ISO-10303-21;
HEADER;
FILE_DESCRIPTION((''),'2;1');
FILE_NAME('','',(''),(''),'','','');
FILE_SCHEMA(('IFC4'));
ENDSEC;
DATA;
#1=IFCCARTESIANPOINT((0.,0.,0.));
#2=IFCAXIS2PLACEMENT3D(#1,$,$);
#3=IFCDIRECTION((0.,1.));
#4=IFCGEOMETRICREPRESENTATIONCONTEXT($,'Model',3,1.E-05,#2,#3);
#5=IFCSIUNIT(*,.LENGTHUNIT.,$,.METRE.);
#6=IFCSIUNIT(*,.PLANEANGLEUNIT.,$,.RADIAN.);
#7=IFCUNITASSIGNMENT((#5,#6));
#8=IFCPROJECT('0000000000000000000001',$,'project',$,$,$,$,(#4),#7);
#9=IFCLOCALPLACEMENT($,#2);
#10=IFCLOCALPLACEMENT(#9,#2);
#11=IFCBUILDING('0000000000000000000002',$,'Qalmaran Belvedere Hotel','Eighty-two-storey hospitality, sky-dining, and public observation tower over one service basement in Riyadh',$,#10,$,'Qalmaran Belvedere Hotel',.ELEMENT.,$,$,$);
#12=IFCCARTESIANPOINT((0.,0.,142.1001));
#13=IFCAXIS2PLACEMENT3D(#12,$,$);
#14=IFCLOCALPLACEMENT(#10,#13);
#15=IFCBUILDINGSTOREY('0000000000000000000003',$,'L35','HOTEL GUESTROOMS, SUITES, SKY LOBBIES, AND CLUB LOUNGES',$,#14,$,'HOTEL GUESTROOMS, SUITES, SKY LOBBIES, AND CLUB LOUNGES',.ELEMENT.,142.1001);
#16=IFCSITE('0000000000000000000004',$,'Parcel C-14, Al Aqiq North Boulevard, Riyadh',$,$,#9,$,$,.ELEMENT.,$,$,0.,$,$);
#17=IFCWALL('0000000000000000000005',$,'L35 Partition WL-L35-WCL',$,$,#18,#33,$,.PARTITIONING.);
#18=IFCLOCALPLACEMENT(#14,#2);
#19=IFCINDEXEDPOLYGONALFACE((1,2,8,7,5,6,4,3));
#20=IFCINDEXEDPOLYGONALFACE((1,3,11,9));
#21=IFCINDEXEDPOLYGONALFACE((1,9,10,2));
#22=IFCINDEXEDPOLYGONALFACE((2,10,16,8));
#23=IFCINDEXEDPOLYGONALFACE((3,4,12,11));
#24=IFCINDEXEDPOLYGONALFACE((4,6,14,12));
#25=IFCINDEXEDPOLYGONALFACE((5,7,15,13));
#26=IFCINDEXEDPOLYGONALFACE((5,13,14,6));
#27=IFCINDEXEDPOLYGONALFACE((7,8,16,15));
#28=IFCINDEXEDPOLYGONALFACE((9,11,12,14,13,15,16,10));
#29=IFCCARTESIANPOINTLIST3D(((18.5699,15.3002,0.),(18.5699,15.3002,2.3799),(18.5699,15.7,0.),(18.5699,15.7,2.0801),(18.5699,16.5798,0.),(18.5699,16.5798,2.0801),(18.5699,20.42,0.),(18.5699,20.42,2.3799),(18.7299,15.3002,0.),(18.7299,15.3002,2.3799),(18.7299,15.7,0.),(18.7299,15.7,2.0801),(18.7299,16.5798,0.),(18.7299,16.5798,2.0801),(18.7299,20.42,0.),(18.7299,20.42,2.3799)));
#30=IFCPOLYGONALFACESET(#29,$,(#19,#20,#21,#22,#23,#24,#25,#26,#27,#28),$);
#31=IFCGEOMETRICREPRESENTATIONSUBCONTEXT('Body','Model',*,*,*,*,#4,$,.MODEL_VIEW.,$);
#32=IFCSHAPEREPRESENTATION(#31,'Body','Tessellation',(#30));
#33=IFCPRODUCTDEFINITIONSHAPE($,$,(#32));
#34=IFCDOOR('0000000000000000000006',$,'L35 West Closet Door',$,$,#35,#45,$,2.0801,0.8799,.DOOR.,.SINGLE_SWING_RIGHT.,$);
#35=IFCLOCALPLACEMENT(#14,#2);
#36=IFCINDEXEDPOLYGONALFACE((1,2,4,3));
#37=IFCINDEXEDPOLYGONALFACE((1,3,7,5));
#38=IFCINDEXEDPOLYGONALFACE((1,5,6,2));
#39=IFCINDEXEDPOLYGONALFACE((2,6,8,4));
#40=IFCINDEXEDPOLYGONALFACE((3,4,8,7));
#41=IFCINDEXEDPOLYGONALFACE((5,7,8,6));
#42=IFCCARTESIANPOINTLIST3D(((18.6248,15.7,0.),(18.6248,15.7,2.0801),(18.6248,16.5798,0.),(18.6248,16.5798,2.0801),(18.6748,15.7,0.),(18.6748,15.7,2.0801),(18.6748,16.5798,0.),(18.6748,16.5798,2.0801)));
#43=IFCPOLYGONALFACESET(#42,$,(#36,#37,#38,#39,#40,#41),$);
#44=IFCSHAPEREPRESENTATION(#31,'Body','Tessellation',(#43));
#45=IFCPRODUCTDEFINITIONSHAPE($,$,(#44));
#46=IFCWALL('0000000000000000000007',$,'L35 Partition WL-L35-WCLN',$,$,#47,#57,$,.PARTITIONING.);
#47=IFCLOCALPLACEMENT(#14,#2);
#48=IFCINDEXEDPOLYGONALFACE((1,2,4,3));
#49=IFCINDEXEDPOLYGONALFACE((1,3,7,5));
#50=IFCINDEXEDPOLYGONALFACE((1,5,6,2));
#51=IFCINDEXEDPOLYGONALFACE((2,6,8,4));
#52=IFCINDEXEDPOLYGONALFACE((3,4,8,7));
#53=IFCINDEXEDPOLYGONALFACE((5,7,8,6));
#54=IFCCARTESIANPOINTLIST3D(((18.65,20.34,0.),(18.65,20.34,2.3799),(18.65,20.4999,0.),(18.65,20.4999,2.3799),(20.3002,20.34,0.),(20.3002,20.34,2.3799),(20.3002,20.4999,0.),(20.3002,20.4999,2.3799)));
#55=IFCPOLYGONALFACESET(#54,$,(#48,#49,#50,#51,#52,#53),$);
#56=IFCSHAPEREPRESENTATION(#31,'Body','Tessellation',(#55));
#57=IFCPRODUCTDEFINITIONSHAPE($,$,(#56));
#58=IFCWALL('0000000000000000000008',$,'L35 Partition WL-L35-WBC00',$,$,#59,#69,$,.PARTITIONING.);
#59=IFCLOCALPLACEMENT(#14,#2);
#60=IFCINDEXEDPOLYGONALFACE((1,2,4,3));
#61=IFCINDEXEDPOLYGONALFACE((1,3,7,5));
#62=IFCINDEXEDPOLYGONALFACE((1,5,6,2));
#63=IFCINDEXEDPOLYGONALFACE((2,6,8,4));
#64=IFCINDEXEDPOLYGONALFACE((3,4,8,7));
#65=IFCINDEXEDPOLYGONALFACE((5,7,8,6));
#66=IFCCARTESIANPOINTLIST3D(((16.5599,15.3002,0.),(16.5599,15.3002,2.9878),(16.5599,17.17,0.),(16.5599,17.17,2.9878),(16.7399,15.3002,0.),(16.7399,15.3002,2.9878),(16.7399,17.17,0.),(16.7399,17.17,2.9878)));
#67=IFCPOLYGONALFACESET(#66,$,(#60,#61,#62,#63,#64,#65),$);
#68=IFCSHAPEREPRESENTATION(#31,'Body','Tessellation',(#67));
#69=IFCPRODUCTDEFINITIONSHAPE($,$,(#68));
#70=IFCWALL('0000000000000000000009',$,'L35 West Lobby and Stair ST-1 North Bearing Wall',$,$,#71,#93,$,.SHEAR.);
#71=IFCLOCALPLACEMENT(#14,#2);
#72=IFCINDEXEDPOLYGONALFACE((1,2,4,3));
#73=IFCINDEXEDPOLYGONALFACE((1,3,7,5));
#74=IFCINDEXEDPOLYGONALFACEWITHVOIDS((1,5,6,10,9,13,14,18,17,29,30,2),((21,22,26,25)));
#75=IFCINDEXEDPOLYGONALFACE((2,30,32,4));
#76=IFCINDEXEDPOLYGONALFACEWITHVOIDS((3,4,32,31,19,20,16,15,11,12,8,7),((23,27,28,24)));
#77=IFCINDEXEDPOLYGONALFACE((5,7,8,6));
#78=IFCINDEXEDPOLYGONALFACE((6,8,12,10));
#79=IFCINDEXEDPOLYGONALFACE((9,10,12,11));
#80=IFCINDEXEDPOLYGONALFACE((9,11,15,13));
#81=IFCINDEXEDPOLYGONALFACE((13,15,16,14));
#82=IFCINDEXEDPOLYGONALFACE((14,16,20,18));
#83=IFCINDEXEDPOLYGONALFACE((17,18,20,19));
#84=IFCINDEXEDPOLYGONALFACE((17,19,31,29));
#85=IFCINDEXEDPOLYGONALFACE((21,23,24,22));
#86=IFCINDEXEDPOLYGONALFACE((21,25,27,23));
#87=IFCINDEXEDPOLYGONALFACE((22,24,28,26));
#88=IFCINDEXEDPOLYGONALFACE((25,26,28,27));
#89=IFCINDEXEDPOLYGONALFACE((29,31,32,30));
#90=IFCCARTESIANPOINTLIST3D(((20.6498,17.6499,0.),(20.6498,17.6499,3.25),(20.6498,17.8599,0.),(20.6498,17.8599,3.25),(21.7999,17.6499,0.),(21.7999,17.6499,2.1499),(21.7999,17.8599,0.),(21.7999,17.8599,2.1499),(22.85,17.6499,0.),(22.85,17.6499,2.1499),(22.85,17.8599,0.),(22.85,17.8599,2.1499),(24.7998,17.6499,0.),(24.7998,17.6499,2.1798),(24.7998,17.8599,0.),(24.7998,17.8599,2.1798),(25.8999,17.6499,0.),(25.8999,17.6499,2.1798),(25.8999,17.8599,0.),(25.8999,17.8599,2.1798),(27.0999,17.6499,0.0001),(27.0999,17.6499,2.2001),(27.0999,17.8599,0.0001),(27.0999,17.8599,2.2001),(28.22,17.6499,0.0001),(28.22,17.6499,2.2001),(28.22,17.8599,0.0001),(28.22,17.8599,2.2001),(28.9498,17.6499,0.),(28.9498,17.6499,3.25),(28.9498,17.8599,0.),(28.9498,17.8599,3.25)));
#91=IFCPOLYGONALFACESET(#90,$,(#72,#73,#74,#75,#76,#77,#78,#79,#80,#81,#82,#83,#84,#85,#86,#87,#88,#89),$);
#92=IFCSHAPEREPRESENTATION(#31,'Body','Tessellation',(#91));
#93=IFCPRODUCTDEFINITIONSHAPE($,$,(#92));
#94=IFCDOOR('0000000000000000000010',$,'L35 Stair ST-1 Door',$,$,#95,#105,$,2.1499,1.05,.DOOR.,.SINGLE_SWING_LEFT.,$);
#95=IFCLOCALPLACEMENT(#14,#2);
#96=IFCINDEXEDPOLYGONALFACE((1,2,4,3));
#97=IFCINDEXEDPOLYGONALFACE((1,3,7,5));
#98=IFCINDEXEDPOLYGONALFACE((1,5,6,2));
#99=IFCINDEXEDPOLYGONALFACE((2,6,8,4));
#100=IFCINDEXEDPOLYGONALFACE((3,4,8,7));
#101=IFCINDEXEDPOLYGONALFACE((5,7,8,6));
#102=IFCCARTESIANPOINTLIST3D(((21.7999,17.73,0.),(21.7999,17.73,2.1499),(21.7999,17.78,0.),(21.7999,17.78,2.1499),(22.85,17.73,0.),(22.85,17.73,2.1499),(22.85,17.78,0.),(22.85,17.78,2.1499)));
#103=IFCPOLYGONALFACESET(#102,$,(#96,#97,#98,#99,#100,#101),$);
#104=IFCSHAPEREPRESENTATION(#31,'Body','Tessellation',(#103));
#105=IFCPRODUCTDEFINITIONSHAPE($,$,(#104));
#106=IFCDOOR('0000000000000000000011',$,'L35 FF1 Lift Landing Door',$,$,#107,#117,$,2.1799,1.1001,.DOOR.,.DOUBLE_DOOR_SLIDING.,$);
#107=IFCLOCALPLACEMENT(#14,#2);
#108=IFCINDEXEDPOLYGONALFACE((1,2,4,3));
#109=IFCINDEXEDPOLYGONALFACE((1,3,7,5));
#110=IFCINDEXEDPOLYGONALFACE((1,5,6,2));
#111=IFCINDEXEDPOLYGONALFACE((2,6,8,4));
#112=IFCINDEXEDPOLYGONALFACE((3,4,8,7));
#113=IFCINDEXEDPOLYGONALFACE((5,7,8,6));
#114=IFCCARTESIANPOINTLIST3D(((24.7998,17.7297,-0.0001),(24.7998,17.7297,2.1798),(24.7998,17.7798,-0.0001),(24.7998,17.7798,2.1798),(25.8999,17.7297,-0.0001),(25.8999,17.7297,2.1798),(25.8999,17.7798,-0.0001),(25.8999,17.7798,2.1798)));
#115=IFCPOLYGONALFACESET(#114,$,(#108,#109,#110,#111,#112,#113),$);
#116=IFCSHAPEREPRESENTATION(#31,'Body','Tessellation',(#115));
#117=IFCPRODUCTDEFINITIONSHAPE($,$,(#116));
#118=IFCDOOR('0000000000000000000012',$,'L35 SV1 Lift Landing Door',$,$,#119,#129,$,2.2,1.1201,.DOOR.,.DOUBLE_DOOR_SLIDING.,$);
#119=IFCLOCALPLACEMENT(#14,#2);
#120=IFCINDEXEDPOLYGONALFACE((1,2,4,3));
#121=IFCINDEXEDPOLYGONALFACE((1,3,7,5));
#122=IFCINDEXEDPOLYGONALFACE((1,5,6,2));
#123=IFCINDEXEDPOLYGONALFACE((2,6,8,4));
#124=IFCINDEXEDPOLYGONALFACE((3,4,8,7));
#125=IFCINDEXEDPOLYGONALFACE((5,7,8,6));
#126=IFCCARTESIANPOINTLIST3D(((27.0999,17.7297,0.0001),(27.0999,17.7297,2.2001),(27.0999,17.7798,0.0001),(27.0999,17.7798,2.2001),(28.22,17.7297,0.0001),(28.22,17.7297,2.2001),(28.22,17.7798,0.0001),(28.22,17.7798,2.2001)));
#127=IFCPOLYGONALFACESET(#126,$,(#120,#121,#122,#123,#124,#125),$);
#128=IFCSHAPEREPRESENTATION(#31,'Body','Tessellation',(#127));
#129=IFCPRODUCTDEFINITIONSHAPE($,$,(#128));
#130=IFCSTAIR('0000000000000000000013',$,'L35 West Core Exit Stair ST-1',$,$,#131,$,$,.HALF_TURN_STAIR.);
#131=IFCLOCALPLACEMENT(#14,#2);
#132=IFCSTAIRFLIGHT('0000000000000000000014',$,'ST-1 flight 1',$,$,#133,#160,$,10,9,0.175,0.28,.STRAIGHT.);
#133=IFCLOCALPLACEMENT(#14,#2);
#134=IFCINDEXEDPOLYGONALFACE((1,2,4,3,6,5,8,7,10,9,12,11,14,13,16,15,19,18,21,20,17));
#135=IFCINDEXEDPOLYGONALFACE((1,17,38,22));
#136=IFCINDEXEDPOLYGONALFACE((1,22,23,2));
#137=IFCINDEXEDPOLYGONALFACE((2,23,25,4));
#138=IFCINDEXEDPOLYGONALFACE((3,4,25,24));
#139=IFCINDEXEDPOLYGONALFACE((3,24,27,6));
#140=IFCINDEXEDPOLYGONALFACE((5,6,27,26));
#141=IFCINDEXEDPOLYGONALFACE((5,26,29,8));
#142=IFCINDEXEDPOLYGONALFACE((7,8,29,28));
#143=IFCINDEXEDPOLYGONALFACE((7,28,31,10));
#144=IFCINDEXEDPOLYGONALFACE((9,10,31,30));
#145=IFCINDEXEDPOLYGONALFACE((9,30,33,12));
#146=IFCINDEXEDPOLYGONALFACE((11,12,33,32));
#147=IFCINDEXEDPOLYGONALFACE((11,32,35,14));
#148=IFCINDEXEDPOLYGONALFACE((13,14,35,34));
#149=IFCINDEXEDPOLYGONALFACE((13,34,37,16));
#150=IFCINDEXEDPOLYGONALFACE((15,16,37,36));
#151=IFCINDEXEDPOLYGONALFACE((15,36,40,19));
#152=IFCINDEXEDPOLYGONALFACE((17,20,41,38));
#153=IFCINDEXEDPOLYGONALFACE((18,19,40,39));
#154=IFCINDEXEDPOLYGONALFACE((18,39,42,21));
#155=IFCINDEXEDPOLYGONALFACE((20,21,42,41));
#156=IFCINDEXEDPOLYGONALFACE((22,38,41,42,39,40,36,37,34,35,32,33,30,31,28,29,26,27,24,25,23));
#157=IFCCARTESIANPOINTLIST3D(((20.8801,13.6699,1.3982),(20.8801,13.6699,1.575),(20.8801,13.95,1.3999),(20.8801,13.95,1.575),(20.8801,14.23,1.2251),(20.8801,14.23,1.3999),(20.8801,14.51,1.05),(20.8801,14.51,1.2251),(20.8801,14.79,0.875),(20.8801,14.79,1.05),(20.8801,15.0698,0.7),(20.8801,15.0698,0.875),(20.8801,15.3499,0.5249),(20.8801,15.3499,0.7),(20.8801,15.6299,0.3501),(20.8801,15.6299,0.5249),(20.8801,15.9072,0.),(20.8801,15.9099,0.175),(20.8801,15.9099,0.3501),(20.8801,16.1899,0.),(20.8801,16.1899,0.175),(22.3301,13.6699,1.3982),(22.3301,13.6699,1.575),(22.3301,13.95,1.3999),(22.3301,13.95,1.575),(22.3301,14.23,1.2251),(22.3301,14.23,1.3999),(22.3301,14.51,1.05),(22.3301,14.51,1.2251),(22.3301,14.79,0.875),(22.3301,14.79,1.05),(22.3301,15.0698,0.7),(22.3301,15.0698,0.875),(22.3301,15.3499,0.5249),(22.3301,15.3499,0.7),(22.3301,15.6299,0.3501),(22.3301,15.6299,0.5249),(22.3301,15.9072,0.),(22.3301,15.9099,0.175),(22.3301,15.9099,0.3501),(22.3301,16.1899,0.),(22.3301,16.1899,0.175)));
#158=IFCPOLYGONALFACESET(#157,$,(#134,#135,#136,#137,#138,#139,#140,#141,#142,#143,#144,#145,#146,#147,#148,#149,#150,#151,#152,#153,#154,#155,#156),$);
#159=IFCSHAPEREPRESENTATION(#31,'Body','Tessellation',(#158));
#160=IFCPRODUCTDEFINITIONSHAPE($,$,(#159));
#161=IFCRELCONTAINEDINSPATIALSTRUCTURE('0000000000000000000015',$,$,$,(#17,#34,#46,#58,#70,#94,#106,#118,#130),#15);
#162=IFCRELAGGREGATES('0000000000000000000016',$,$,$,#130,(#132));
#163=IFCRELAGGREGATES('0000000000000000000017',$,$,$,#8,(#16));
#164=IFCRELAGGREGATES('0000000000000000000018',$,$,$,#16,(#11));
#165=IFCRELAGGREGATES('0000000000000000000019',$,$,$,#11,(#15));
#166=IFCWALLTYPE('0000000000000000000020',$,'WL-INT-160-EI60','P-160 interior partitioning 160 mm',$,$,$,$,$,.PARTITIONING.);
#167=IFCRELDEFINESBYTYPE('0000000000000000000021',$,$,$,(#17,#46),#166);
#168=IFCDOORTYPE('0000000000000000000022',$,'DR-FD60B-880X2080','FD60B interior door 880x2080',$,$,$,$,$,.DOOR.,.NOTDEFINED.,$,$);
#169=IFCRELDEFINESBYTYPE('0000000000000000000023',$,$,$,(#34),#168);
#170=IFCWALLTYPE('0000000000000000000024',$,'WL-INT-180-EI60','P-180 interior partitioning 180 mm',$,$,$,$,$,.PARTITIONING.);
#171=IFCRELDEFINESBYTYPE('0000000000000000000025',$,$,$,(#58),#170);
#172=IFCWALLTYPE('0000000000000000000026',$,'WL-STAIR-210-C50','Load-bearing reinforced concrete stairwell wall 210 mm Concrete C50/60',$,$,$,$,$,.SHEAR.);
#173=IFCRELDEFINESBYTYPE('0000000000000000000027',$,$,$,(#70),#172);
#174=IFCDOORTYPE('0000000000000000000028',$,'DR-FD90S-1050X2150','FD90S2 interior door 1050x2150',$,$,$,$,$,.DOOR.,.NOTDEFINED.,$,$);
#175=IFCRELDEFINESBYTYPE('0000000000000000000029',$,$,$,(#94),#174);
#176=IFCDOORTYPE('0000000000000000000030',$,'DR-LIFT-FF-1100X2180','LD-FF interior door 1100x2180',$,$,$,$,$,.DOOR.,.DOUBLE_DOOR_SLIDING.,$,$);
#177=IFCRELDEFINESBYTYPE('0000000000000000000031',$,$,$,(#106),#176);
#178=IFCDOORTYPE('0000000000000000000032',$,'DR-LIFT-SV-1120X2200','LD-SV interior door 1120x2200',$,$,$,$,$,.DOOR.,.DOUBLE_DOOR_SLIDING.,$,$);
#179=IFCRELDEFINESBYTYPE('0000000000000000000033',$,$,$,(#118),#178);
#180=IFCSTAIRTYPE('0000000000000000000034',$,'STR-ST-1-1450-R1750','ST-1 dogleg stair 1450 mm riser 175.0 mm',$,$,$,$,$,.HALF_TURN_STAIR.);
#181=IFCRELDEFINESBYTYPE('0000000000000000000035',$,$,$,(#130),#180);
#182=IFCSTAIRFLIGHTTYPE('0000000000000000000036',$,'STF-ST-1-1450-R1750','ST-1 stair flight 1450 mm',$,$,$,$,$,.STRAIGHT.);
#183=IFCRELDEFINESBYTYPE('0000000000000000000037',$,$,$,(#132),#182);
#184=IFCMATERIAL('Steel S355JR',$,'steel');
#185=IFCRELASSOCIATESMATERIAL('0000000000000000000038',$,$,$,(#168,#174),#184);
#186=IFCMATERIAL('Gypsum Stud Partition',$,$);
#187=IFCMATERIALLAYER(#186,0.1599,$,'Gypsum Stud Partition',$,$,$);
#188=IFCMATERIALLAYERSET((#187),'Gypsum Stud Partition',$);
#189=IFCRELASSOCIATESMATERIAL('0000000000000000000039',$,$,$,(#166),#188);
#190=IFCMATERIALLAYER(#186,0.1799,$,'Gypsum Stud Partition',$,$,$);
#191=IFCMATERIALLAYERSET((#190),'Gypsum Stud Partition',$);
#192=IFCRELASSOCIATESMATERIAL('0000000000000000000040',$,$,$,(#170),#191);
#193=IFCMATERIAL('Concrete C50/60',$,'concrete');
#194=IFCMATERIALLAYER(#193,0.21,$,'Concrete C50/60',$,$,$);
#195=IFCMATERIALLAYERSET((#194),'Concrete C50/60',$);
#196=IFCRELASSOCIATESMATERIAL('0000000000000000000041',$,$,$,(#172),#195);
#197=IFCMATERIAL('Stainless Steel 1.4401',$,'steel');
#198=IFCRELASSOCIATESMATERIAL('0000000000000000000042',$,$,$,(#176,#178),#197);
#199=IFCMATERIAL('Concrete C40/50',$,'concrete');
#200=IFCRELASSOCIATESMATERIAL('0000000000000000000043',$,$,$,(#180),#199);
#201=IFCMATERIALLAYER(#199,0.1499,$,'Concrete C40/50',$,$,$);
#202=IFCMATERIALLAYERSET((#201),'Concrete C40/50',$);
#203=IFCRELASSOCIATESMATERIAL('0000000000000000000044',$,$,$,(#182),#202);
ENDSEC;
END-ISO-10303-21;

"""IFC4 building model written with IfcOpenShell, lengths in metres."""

from ifc_helpers import new_model, si_unit, direction, frame, frame_2d, origin, place, context, subcontext, project, spatial, polyline, rectangle, outline, extrude, material, layer, layer_set, type_object, element, fill, aggregate, save


model = new_model("IFC4")

# Units and contexts
model_context = context("Model", 3, precision=1e-05, world=origin(), true_north=direction((0.0, 1.0)))
body_context = subcontext(model_context, "Body", "Model", "MODEL_VIEW")
ifc_project = project(units=[si_unit("LENGTHUNIT", "METRE"), si_unit("PLANEANGLEUNIT", "RADIAN")], contexts=[model_context])

# Site, building, storey
site_placement = place(None, origin())
site = spatial("IfcSite", under=ifc_project, at=site_placement, Name="Parcel C-14, Al Aqiq North Boulevard, Riyadh", CompositionType="ELEMENT", RefElevation=0.0)
building_placement = place(site_placement, origin())
building = spatial("IfcBuilding", under=site, at=building_placement, Name="Qalmaran Belvedere Hotel", Description="Eighty-two-storey hospitality, sky-dining, and public observation tower over one service basement in Riyadh", LongName="Qalmaran Belvedere Hotel", CompositionType="ELEMENT")
storey_placement = place(building_placement, frame((0.0, 0.0, 142.1001)))
storey = spatial("IfcBuildingStorey", under=building, at=storey_placement, Name="L35", Description="HOTEL GUESTROOMS, SUITES, SKY LOBBIES, AND CLUB LOUNGES", LongName="HOTEL GUESTROOMS, SUITES, SKY LOBBIES, AND CLUB LOUNGES", CompositionType="ELEMENT", Elevation=142.1001)

# Shared definitions
ifc_material_1 = material(Name="Gypsum Stud Partition")

# Shared definitions
ifc_material_2 = material(Name="Steel S355JR", Category="steel")
door_type_1 = type_object("IfcDoorType", Name="DR-FD60B-880X2080", Description="FD60B interior door 880x2080", OperationType="NOTDEFINED", PredefinedType="DOOR", material=ifc_material_2)

# Wall, opening, door
ifc_layer_1 = layer(ifc_material_1, 0.1599, Name="Gypsum Stud Partition")
ifc_layer_set_1 = layer_set([ifc_layer_1], Name="Gypsum Stud Partition")
wall_type_1 = type_object("IfcWallType", Name="WL-INT-160-EI60", Description="P-160 interior partitioning 160 mm", PredefinedType="PARTITIONING", material=ifc_layer_set_1)
wall_1_placement = place(storey_placement, frame((18.6499, 15.3, 0.0), z_axis=(0.0, 0.0, 1.0), x_axis=(0.0, 1.0, 0.0)))
wall_1 = element("IfcWall", 1, at=wall_1_placement, inside=storey, type_object=wall_type_1, Name="L35 Partition WL-L35-WCL", PredefinedType="PARTITIONING", context=body_context, shape_type="SweptSolid", body=[
    extrude(rectangle(XDim=5.1199, YDim=0.1599, at=frame_2d((2.5601, 0.0))), origin(), (0.0, 0.0, 1.0), 2.3799),
])
opening_1_placement = place(wall_1_placement, frame((1.2798, 0.0, 0.0), z_axis=(0.0, 0.0, 1.0), x_axis=(-1.0, 0.0, 0.0)))
opening_1 = element("IfcOpeningElement", 2, at=opening_1_placement, cuts=wall_1, PredefinedType="OPENING", context=body_context, shape_type="SweptSolid", body=[
    extrude(rectangle(XDim=0.8799, YDim=2.0801, at=frame_2d((0.4399, 1.04))), frame((0.0, 0.0898, 0.0), z_axis=(0.0, -1.0, 0.0), x_axis=(1.0, 0.0, 0.0)), (0.0, 0.0, 1.0), 0.1799),
])
door_1_placement = place(opening_1_placement, origin())
door_1 = element("IfcDoor", 3, at=door_1_placement, inside=storey, type_object=door_type_1, Name="L35 West Closet Door", OperationType="SINGLE_SWING_RIGHT", OverallHeight=2.0801, OverallWidth=0.8799, PredefinedType="DOOR", context=body_context, shape_type="SweptSolid", body=[
    extrude(rectangle(XDim=0.8799, YDim=2.0801, at=frame_2d((0.4399, 1.04))), frame((0.0, 0.0249, 0.0), z_axis=(0.0, -1.0, 0.0), x_axis=(1.0, 0.0, 0.0)), (0.0, 0.0, 1.0), 0.05),
])
fill(opening_1, door_1)

# Walls
wall_2_placement = place(storey_placement, frame((18.6499, 20.4199, 0.0), z_axis=(0.0, 0.0, 1.0), x_axis=(1.0, 0.0, 0.0)))
element("IfcWall", 4, at=wall_2_placement, inside=storey, type_object=wall_type_1, Name="L35 Partition WL-L35-WCLN", PredefinedType="PARTITIONING", context=body_context, shape_type="SweptSolid", body=[
    extrude(rectangle(XDim=1.6501, YDim=0.1599, at=frame_2d((0.8252, 0.0))), origin(), (0.0, 0.0, 1.0), 2.3799),
])
ifc_layer_2 = layer(ifc_material_1, 0.1799, Name="Gypsum Stud Partition")
ifc_layer_set_2 = layer_set([ifc_layer_2], Name="Gypsum Stud Partition")
wall_type_2 = type_object("IfcWallType", Name="WL-INT-180-EI60", Description="P-180 interior partitioning 180 mm", PredefinedType="PARTITIONING", material=ifc_layer_set_2)
wall_3_placement = place(storey_placement, frame((16.6499, 15.3, 0.0), z_axis=(0.0, 0.0, 1.0), x_axis=(0.0, 1.0, 0.0)))
element("IfcWall", 5, at=wall_3_placement, inside=storey, type_object=wall_type_2, Name="L35 Partition WL-L35-WBC00", PredefinedType="PARTITIONING", context=body_context, shape_type="SweptSolid", body=[
    extrude(rectangle(XDim=1.8699, YDim=0.1799, at=frame_2d((0.9351, 0.0))), origin(), (0.0, 0.0, 1.0), 2.9878),
])

# Wall, openings, doors
ifc_material_3 = material(Name="Concrete C50/60", Category="concrete")
ifc_layer_3 = layer(ifc_material_3, 0.21, Name="Concrete C50/60")
ifc_layer_set_3 = layer_set([ifc_layer_3], Name="Concrete C50/60")
wall_type_3 = type_object("IfcWallType", Name="WL-STAIR-210-C50", Description="Load-bearing reinforced concrete stairwell wall 210 mm Concrete C50/60", PredefinedType="SHEAR", material=ifc_layer_set_3)
wall_4_placement = place(storey_placement, frame((20.6499, 17.7549, 0.0), z_axis=(0.0, 0.0, 1.0), x_axis=(1.0, 0.0, 0.0)))
wall_4 = element("IfcWall", 6, at=wall_4_placement, inside=storey, type_object=wall_type_3, Name="L35 West Lobby and Stair ST-1 North Bearing Wall", PredefinedType="SHEAR", context=body_context, shape_type="SweptSolid", body=[
    extrude(rectangle(XDim=8.3, YDim=0.21, at=frame_2d((4.1499, 0.0))), origin(), (0.0, 0.0, 1.0), 3.25),
])
opening_2_placement = place(wall_4_placement, frame((2.2, 0.0, 0.0), z_axis=(0.0, 0.0, 1.0), x_axis=(-1.0, 0.0, 0.0)))
opening_2 = element("IfcOpeningElement", 7, at=opening_2_placement, cuts=wall_4, PredefinedType="OPENING", context=body_context, shape_type="SweptSolid", body=[
    extrude(rectangle(XDim=1.05, YDim=2.1499, at=frame_2d((0.5249, 1.075))), frame((0.0, 0.115, 0.0), z_axis=(0.0, -1.0, 0.0), x_axis=(1.0, 0.0, 0.0)), (0.0, 0.0, 1.0), 0.23),
])
opening_3_placement = place(wall_4_placement, frame((4.1499, 0.0, 0.0)))
opening_3 = element("IfcOpeningElement", 8, at=opening_3_placement, cuts=wall_4, PredefinedType="OPENING", context=body_context, shape_type="SweptSolid", body=[
    extrude(rectangle(XDim=1.1001, YDim=2.1799, at=frame_2d((0.55, 1.0898))), frame((0.0, 0.115, 0.0), z_axis=(0.0, -1.0, 0.0), x_axis=(1.0, 0.0, 0.0)), (0.0, 0.0, 1.0), 0.23),
])
opening_4_placement = place(wall_4_placement, frame((6.45, 0.0, 0.0)))
opening_4 = element("IfcOpeningElement", 9, at=opening_4_placement, cuts=wall_4, PredefinedType="OPENING", context=body_context, shape_type="SweptSolid", body=[
    extrude(rectangle(XDim=1.1201, YDim=2.2, at=frame_2d((0.5601, 1.1001))), frame((0.0, 0.115, 0.0), z_axis=(0.0, -1.0, 0.0), x_axis=(1.0, 0.0, 0.0)), (0.0, 0.0, 1.0), 0.23),
])
door_type_2 = type_object("IfcDoorType", Name="DR-FD90S-1050X2150", Description="FD90S2 interior door 1050x2150", OperationType="NOTDEFINED", PredefinedType="DOOR", material=ifc_material_2)
door_2_placement = place(opening_2_placement, origin())
door_2 = element("IfcDoor", 10, at=door_2_placement, inside=storey, type_object=door_type_2, Name="L35 Stair ST-1 Door", OperationType="SINGLE_SWING_LEFT", OverallHeight=2.1499, OverallWidth=1.05, PredefinedType="DOOR", context=body_context, shape_type="SweptSolid", body=[
    extrude(rectangle(XDim=1.05, YDim=2.1499, at=frame_2d((0.5249, 1.075))), frame((0.0, 0.0249, 0.0), z_axis=(0.0, -1.0, 0.0), x_axis=(1.0, 0.0, 0.0)), (0.0, 0.0, 1.0), 0.05),
])
fill(opening_2, door_2)
ifc_material_4 = material(Name="Stainless Steel 1.4401", Category="steel")
door_type_3 = type_object("IfcDoorType", Name="DR-LIFT-FF-1100X2180", Description="LD-FF interior door 1100x2180", OperationType="DOUBLE_DOOR_SLIDING", PredefinedType="DOOR", material=ifc_material_4)
door_3_placement = place(opening_3_placement, origin())
door_3 = element("IfcDoor", 11, at=door_3_placement, inside=storey, type_object=door_type_3, Name="L35 FF1 Lift Landing Door", OperationType="DOUBLE_DOOR_SLIDING", OverallHeight=2.1799, OverallWidth=1.1001, PredefinedType="DOOR", context=body_context, shape_type="SweptSolid", body=[
    extrude(rectangle(XDim=1.1001, YDim=2.1799, at=frame_2d((0.55, 1.0898))), frame((0.0, 0.0249, 0.0), z_axis=(0.0, -1.0, 0.0), x_axis=(1.0, 0.0, 0.0)), (0.0, 0.0, 1.0), 0.05),
])
fill(opening_3, door_3)
door_type_4 = type_object("IfcDoorType", Name="DR-LIFT-SV-1120X2200", Description="LD-SV interior door 1120x2200", OperationType="DOUBLE_DOOR_SLIDING", PredefinedType="DOOR", material=ifc_material_4)
door_4_placement = place(opening_4_placement, origin())
door_4 = element("IfcDoor", 12, at=door_4_placement, inside=storey, type_object=door_type_4, Name="L35 SV1 Lift Landing Door", OperationType="DOUBLE_DOOR_SLIDING", OverallHeight=2.2, OverallWidth=1.1201, PredefinedType="DOOR", context=body_context, shape_type="SweptSolid", body=[
    extrude(rectangle(XDim=1.1201, YDim=2.2, at=frame_2d((0.5601, 1.1001))), frame((0.0, 0.0249, 0.0), z_axis=(0.0, -1.0, 0.0), x_axis=(1.0, 0.0, 0.0)), (0.0, 0.0, 1.0), 0.05),
])
fill(opening_4, door_4)

# Stair, stair flight
ifc_material_5 = material(Name="Concrete C40/50", Category="concrete")
stair_type = type_object("IfcStairType", Name="STR-ST-1-1450-R1750", Description="ST-1 dogleg stair 1450 mm riser 175.0 mm", PredefinedType="HALF_TURN_STAIR", material=ifc_material_5)
stair_placement = place(storey_placement, origin())
stair = element("IfcStair", 13, at=stair_placement, inside=storey, type_object=stair_type, Name="L35 West Core Exit Stair ST-1", PredefinedType="HALF_TURN_STAIR")
ifc_layer_4 = layer(ifc_material_5, 0.1499, Name="Concrete C40/50")
ifc_layer_set_4 = layer_set([ifc_layer_4], Name="Concrete C40/50")
stair_flight_type = type_object("IfcStairFlightType", Name="STF-ST-1-1450-R1750", Description="ST-1 stair flight 1450 mm", PredefinedType="STRAIGHT", material=ifc_layer_set_4)
stair_flight_1_placement = place(storey_placement, frame((21.605, 16.1899, 0.0), z_axis=(0.0, 0.0, 1.0), x_axis=(0.0, -1.0, 0.0)))
stair_flight_1 = element("IfcStairFlight", 14, at=stair_flight_1_placement, type_object=stair_flight_type, Name="ST-1 flight 1", NumberOfRisers=10, NumberOfTreads=9, PredefinedType="STRAIGHT", RiserHeight=0.175, TreadLength=0.28, context=body_context, shape_type="SweptSolid", body=[
    extrude(outline(polyline([(0.0, 0.0), (0.0, 0.175), (0.28, 0.175), (0.28, 0.3501), (0.5601, 0.3501), (0.5601, 0.5249), (0.8401, 0.5249), (0.8401, 0.7), (1.1201, 0.7), (1.1201, 0.875), (1.3999, 0.875), (1.3999, 1.05), (1.6799, 1.05), (1.6799, 1.2251), (1.96, 1.2251), (1.96, 1.3999), (2.24, 1.3999), (2.24, 1.575), (2.52, 1.575), (2.52, 1.75), (2.52, 1.3982), (0.2827, 0.0), (0.0, 0.0)])), frame((0.0, 0.7251, 0.0), z_axis=(0.0, -1.0, 0.0), x_axis=(1.0, 0.0, 0.0)), (0.0, 0.0, 1.0), 1.45),
])
aggregate(stair, [stair_flight_1])

save(model, "model.ifc")
